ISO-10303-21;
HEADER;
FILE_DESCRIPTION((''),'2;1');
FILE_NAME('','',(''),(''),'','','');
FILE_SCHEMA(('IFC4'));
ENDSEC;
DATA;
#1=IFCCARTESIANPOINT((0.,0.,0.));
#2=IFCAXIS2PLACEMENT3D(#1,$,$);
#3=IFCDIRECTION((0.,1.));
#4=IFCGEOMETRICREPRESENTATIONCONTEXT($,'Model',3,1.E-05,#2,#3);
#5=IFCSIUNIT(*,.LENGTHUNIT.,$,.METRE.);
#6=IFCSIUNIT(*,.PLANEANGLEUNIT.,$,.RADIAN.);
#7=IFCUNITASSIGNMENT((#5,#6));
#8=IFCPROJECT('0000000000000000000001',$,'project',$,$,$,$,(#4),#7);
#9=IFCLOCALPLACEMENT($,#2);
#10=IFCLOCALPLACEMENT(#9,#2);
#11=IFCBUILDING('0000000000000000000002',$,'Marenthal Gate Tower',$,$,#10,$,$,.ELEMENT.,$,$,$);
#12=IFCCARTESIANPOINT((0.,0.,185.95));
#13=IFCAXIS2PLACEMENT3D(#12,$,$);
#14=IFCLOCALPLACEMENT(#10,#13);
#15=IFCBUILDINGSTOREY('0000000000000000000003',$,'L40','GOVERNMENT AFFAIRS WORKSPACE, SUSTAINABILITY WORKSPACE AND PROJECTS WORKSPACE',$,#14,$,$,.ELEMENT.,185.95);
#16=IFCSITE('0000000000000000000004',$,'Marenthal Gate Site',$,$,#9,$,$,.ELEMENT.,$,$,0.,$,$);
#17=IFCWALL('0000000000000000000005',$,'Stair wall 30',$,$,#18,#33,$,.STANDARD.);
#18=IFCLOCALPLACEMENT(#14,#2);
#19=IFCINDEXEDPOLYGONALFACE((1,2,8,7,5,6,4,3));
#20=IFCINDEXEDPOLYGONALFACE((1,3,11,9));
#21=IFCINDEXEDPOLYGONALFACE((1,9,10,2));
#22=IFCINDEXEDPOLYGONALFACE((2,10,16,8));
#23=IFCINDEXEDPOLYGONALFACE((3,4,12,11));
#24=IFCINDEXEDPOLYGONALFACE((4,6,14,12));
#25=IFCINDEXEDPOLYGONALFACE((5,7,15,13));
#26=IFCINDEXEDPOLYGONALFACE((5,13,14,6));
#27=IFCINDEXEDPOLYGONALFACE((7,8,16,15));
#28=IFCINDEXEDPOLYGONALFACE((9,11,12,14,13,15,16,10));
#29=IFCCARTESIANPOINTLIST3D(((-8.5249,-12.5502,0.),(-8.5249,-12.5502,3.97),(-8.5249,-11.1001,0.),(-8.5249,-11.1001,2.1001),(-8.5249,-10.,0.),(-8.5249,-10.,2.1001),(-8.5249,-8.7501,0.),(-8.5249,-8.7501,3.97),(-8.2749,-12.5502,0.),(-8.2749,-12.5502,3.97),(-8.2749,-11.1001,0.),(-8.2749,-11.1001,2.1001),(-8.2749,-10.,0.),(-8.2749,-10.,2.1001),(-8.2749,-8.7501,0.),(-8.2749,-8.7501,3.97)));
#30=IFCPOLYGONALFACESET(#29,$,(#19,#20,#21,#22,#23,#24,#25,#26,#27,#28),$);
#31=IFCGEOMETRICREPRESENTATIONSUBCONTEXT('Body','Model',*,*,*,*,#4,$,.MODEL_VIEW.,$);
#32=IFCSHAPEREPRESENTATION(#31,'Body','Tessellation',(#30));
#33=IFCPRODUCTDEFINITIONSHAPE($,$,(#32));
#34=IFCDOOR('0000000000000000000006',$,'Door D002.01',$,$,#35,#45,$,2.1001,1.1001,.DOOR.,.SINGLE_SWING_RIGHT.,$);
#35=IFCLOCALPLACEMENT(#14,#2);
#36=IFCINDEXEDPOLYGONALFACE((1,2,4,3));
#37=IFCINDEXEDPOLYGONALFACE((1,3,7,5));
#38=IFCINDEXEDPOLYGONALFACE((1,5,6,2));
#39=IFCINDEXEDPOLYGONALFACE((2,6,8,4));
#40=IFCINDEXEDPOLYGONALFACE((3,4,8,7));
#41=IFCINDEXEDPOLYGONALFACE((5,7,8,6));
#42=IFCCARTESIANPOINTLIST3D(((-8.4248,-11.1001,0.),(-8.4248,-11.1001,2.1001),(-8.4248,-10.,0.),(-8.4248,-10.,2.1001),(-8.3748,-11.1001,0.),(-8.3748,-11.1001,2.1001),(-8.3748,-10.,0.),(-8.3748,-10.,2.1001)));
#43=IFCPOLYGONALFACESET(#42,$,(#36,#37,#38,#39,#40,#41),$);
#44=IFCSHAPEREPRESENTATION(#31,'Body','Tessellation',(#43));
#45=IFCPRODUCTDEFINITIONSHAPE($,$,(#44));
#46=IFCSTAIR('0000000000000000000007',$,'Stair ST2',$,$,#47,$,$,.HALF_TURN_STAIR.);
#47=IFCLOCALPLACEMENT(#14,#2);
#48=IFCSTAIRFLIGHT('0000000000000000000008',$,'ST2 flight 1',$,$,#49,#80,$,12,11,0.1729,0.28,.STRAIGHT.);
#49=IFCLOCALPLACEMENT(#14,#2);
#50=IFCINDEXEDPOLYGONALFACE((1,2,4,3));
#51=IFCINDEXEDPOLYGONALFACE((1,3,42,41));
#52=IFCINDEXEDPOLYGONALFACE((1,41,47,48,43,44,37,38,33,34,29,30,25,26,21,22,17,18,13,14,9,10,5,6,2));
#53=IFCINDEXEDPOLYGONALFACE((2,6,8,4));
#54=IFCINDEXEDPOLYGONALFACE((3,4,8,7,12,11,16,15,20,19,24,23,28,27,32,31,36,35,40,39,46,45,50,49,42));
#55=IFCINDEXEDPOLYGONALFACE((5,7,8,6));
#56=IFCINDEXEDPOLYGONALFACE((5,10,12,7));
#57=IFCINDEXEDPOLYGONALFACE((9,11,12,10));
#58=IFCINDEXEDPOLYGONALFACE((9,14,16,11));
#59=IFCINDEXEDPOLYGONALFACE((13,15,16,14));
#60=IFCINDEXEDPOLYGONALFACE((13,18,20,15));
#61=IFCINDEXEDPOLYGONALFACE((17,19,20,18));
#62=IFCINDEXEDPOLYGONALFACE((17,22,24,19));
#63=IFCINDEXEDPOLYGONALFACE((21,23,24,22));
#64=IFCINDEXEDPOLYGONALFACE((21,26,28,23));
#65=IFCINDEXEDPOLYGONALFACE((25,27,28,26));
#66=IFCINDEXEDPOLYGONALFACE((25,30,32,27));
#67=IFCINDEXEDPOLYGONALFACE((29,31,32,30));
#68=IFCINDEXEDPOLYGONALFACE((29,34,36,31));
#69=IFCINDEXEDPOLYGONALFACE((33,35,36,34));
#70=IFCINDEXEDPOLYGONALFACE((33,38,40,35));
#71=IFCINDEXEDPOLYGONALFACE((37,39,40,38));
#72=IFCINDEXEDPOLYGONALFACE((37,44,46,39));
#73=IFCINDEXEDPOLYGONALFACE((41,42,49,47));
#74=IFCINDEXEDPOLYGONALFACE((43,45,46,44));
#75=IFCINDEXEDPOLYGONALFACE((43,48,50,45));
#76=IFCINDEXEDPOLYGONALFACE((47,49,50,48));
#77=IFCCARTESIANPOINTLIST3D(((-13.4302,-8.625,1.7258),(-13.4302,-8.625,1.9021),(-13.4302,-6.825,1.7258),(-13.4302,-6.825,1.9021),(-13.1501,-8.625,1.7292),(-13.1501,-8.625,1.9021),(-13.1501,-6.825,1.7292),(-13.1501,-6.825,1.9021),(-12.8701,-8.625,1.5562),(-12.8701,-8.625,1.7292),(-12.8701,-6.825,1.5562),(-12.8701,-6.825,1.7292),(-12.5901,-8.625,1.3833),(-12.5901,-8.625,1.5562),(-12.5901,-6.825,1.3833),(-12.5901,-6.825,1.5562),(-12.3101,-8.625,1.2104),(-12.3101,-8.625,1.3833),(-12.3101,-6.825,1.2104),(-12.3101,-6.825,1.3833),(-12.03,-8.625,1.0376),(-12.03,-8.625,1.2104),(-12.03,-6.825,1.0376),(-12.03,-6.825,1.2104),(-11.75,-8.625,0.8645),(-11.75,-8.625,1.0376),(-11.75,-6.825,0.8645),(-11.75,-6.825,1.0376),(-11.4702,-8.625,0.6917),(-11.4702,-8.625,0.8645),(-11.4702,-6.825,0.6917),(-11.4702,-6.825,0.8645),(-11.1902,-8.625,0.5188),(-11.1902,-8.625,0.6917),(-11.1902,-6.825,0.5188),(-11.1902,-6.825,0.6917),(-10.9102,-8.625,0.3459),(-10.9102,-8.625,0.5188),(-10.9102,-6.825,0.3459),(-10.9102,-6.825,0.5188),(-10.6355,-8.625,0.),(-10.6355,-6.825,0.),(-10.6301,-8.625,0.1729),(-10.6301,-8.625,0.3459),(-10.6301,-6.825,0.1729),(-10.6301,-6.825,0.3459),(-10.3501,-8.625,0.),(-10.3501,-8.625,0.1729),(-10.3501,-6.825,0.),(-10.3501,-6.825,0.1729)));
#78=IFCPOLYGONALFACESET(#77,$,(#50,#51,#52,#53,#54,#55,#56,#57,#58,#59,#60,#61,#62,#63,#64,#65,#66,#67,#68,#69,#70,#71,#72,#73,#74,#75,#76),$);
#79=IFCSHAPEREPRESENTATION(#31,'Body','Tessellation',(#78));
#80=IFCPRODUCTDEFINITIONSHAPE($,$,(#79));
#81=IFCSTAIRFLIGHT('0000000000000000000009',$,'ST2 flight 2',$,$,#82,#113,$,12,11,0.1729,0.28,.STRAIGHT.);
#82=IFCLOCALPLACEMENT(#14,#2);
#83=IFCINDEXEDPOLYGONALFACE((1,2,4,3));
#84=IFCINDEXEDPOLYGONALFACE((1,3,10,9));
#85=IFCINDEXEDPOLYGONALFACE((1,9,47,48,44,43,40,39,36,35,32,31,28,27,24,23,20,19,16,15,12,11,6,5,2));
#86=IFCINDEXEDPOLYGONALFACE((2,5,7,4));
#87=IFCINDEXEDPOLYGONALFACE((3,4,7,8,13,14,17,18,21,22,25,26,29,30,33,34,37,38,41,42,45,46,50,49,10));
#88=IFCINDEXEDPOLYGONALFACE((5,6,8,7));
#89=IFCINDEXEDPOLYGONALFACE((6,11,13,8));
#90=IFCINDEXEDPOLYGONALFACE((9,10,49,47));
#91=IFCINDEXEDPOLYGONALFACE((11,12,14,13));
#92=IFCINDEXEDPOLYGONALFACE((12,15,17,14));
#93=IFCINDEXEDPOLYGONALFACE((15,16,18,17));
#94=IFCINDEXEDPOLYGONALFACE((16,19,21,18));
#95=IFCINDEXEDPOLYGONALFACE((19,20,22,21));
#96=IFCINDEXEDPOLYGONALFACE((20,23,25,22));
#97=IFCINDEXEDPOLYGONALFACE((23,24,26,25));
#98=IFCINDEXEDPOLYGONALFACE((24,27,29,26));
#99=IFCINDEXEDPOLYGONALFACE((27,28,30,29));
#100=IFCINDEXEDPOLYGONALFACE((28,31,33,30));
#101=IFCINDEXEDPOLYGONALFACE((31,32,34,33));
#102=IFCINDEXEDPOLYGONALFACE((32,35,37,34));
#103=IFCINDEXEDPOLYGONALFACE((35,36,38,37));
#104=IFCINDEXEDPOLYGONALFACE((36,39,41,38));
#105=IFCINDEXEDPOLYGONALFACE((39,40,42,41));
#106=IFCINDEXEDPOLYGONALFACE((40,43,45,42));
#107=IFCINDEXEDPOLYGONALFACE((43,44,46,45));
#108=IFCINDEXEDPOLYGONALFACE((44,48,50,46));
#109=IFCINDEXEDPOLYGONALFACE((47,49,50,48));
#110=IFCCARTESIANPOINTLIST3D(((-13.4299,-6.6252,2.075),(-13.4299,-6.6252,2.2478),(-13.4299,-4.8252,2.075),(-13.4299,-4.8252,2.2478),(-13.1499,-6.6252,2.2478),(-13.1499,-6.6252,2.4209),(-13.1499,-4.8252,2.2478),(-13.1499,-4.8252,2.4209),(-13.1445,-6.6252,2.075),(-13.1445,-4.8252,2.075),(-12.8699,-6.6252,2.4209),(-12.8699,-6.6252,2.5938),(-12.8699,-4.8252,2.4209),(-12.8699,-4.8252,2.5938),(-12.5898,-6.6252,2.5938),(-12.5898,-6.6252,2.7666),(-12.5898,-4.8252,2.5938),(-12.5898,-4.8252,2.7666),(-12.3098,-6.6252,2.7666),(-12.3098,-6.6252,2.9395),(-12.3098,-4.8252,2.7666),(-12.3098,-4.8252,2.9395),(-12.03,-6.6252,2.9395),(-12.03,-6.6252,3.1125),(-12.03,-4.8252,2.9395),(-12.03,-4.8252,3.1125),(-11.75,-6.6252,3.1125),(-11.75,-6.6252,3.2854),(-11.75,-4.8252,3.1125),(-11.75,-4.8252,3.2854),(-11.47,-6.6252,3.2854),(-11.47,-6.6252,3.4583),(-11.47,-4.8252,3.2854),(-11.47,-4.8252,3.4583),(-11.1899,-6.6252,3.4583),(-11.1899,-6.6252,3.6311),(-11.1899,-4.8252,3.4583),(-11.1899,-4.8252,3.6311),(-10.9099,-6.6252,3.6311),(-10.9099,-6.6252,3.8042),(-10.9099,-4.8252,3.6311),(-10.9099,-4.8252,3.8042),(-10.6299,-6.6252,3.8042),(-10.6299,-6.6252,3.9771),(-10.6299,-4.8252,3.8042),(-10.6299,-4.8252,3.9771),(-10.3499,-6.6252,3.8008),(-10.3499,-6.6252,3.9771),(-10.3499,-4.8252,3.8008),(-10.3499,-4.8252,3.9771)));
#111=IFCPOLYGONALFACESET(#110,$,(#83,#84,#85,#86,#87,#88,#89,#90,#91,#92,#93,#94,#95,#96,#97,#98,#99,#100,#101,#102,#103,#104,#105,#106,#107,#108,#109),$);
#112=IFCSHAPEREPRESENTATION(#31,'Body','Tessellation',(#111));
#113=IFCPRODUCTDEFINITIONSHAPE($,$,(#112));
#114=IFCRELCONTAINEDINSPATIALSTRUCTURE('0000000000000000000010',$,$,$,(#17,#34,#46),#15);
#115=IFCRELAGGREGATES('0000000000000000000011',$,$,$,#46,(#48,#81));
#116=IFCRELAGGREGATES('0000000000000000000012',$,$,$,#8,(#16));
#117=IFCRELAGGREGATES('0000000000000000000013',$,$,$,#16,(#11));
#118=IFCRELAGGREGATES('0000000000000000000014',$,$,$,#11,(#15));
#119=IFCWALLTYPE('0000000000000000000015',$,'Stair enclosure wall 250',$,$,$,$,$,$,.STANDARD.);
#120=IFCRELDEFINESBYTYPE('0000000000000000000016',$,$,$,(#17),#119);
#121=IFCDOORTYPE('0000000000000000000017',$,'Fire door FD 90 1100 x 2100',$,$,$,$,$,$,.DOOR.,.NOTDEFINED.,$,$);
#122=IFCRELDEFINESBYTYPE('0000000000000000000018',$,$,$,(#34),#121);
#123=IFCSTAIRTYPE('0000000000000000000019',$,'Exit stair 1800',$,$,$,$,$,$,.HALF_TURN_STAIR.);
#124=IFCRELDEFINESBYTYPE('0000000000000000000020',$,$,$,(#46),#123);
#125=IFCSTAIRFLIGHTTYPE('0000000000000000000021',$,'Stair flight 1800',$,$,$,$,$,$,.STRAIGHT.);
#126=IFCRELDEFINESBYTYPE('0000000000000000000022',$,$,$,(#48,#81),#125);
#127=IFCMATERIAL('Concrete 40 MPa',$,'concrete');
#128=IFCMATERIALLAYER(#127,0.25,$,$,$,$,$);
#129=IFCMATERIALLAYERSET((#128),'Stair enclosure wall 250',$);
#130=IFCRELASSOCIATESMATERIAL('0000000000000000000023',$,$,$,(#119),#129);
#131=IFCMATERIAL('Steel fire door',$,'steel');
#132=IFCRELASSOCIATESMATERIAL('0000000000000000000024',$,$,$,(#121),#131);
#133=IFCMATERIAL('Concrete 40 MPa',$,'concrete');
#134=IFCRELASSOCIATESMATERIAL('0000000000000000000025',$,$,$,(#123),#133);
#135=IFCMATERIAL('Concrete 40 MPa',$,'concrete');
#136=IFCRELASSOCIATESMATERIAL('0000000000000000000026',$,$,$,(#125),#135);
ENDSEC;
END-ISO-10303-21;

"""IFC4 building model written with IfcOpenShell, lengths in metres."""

from ifc_helpers import new_model, si_unit, direction, frame, frame_2d, origin, place, context, subcontext, project, spatial, polyline, rectangle, outline, extrude, material, layer, layer_set, type_object, element, fill, aggregate, save


model = new_model("IFC4")

# Units and contexts
model_context = context("Model", 3, precision=1e-05, world=origin(), true_north=direction((0.0, 1.0)))
body_context = subcontext(model_context, "Body", "Model", "MODEL_VIEW")
ifc_project = project(units=[si_unit("LENGTHUNIT", "METRE"), si_unit("PLANEANGLEUNIT", "RADIAN")], contexts=[model_context])

# Site, building, storey
site_placement = place(None, origin())
site = spatial("IfcSite", under=ifc_project, at=site_placement, Name="Marenthal Gate Site", CompositionType="ELEMENT", RefElevation=0.0)
building_placement = place(site_placement, origin())
building = spatial("IfcBuilding", under=site, at=building_placement, Name="Marenthal Gate Tower", CompositionType="ELEMENT")
storey_placement = place(building_placement, frame((0.0, 0.0, 185.95)))
storey = spatial("IfcBuildingStorey", under=building, at=storey_placement, Name="L40", Description="GOVERNMENT AFFAIRS WORKSPACE, SUSTAINABILITY WORKSPACE AND PROJECTS WORKSPACE", CompositionType="ELEMENT", Elevation=185.95)

# Shared definitions
ifc_material_1 = material(Name="Concrete 40 MPa", Category="concrete")
ifc_layer_1 = layer(ifc_material_1, 0.25)
ifc_layer_set_1 = layer_set([ifc_layer_1], Name="Stair enclosure wall 250")
wall_type_1 = type_object("IfcWallType", Name="Stair enclosure wall 250", PredefinedType="STANDARD", material=ifc_layer_set_1)

# Wall, opening, door
wall_1_placement = place(storey_placement, frame((-8.3999, -12.55, 0.0), z_axis=(0.0, 0.0, 1.0), x_axis=(0.0, 1.0, 0.0)))
wall_1 = element("IfcWall", 1, at=wall_1_placement, inside=storey, type_object=wall_type_1, Name="Stair wall 30", PredefinedType="STANDARD", context=body_context, shape_type="SweptSolid", body=[
    extrude(rectangle(XDim=3.8, YDim=0.25, at=frame_2d((1.8999, 0.0))), origin(), (0.0, 0.0, 1.0), 3.97),
])
opening_1_placement = place(wall_1_placement, frame((1.45, 0.0, 0.0)))
opening_1 = element("IfcOpeningElement", 2, at=opening_1_placement, cuts=wall_1, PredefinedType="OPENING", context=body_context, shape_type="SweptSolid", body=[
    extrude(rectangle(XDim=1.1001, YDim=2.1001, at=frame_2d((0.55, 1.05))), frame((0.0, 0.135, 0.0), z_axis=(0.0, -1.0, 0.0), x_axis=(1.0, 0.0, 0.0)), (0.0, 0.0, 1.0), 0.27),
])
ifc_material_2 = material(Name="Steel fire door", Category="steel")
door_type_1 = type_object("IfcDoorType", Name="Fire door FD 90 1100 x 2100", OperationType="NOTDEFINED", PredefinedType="DOOR", material=ifc_material_2)
door_1_placement = place(opening_1_placement, origin())
door_1 = element("IfcDoor", 3, at=door_1_placement, inside=storey, type_object=door_type_1, Name="Door D002.01", OperationType="SINGLE_SWING_RIGHT", OverallHeight=2.1001, OverallWidth=1.1001, PredefinedType="DOOR", context=body_context, shape_type="SweptSolid", body=[
    extrude(rectangle(XDim=1.1001, YDim=2.1001, at=frame_2d((0.55, 1.05))), frame((0.0, 0.0249, 0.0), z_axis=(0.0, -1.0, 0.0), x_axis=(1.0, 0.0, 0.0)), (0.0, 0.0, 1.0), 0.05),
])
fill(opening_1, door_1)

# Stair, stair flights
ifc_material_3 = material(Name="Concrete 40 MPa", Category="concrete")
stair_type = type_object("IfcStairType", Name="Exit stair 1800", PredefinedType="HALF_TURN_STAIR", material=ifc_material_3)
stair_placement = place(storey_placement, origin())
stair = element("IfcStair", 4, at=stair_placement, inside=storey, type_object=stair_type, Name="Stair ST2", PredefinedType="HALF_TURN_STAIR")
ifc_material_4 = material(Name="Concrete 40 MPa", Category="concrete")
stair_flight_type = type_object("IfcStairFlightType", Name="Stair flight 1800", PredefinedType="STRAIGHT", material=ifc_material_4)
stair_flight_1_placement = place(storey_placement, frame((-10.3501, -7.7251, 0.0), z_axis=(0.0, 0.0, 1.0), x_axis=(-1.0, 0.0, 0.0)))
stair_flight_1 = element("IfcStairFlight", 5, at=stair_flight_1_placement, type_object=stair_flight_type, Name="ST2 flight 1", NumberOfRisers=12, NumberOfTreads=11, PredefinedType="STRAIGHT", RiserHeight=0.1729, TreadLength=0.28, context=body_context, shape_type="SweptSolid", body=[
    extrude(outline(polyline([(0.0, 0.0), (0.0, 0.1729), (0.28, 0.1729), (0.28, 0.3459), (0.5601, 0.3459), (0.5601, 0.5188), (0.8401, 0.5188), (0.8401, 0.6917), (1.1201, 0.6917), (1.1201, 0.8645), (1.3999, 0.8645), (1.3999, 1.0376), (1.6799, 1.0376), (1.6799, 1.2104), (1.96, 1.2104), (1.96, 1.3833), (2.24, 1.3833), (2.24, 1.5562), (2.52, 1.5562), (2.52, 1.7292), (2.8, 1.7292), (2.8, 1.9021), (3.0801, 1.9021), (3.0801, 2.075), (3.0801, 1.7258), (0.2854, 0.0), (0.0, 0.0)])), frame((0.0, 0.8999, 0.0), z_axis=(0.0, -1.0, 0.0), x_axis=(1.0, 0.0, 0.0)), (0.0, 0.0, 1.0), 1.8),
])
stair_flight_2_placement = place(storey_placement, frame((-13.4299, -5.7251, 2.075), z_axis=(0.0, 0.0, 1.0), x_axis=(1.0, 0.0, 0.0)))
stair_flight_2 = element("IfcStairFlight", 6, at=stair_flight_2_placement, type_object=stair_flight_type, Name="ST2 flight 2", NumberOfRisers=12, NumberOfTreads=11, PredefinedType="STRAIGHT", RiserHeight=0.1729, TreadLength=0.28, context=body_context, shape_type="SweptSolid", body=[
    extrude(outline(polyline([(0.0, 0.0), (0.0, 0.1729), (0.28, 0.1729), (0.28, 0.3459), (0.5601, 0.3459), (0.5601, 0.5188), (0.8401, 0.5188), (0.8401, 0.6917), (1.1201, 0.6917), (1.1201, 0.8645), (1.3999, 0.8645), (1.3999, 1.0376), (1.6799, 1.0376), (1.6799, 1.2104), (1.96, 1.2104), (1.96, 1.3833), (2.24, 1.3833), (2.24, 1.5562), (2.52, 1.5562), (2.52, 1.7292), (2.8, 1.7292), (2.8, 1.9021), (3.0801, 1.9021), (3.0801, 2.075), (3.0801, 1.7258), (0.2854, 0.0), (0.0, 0.0)])), frame((0.0, 0.8999, 0.0), z_axis=(0.0, -1.0, 0.0), x_axis=(1.0, 0.0, 0.0)), (0.0, 0.0, 1.0), 1.8),
])
aggregate(stair, [stair_flight_1, stair_flight_2])

save(model, "model.ifc")
